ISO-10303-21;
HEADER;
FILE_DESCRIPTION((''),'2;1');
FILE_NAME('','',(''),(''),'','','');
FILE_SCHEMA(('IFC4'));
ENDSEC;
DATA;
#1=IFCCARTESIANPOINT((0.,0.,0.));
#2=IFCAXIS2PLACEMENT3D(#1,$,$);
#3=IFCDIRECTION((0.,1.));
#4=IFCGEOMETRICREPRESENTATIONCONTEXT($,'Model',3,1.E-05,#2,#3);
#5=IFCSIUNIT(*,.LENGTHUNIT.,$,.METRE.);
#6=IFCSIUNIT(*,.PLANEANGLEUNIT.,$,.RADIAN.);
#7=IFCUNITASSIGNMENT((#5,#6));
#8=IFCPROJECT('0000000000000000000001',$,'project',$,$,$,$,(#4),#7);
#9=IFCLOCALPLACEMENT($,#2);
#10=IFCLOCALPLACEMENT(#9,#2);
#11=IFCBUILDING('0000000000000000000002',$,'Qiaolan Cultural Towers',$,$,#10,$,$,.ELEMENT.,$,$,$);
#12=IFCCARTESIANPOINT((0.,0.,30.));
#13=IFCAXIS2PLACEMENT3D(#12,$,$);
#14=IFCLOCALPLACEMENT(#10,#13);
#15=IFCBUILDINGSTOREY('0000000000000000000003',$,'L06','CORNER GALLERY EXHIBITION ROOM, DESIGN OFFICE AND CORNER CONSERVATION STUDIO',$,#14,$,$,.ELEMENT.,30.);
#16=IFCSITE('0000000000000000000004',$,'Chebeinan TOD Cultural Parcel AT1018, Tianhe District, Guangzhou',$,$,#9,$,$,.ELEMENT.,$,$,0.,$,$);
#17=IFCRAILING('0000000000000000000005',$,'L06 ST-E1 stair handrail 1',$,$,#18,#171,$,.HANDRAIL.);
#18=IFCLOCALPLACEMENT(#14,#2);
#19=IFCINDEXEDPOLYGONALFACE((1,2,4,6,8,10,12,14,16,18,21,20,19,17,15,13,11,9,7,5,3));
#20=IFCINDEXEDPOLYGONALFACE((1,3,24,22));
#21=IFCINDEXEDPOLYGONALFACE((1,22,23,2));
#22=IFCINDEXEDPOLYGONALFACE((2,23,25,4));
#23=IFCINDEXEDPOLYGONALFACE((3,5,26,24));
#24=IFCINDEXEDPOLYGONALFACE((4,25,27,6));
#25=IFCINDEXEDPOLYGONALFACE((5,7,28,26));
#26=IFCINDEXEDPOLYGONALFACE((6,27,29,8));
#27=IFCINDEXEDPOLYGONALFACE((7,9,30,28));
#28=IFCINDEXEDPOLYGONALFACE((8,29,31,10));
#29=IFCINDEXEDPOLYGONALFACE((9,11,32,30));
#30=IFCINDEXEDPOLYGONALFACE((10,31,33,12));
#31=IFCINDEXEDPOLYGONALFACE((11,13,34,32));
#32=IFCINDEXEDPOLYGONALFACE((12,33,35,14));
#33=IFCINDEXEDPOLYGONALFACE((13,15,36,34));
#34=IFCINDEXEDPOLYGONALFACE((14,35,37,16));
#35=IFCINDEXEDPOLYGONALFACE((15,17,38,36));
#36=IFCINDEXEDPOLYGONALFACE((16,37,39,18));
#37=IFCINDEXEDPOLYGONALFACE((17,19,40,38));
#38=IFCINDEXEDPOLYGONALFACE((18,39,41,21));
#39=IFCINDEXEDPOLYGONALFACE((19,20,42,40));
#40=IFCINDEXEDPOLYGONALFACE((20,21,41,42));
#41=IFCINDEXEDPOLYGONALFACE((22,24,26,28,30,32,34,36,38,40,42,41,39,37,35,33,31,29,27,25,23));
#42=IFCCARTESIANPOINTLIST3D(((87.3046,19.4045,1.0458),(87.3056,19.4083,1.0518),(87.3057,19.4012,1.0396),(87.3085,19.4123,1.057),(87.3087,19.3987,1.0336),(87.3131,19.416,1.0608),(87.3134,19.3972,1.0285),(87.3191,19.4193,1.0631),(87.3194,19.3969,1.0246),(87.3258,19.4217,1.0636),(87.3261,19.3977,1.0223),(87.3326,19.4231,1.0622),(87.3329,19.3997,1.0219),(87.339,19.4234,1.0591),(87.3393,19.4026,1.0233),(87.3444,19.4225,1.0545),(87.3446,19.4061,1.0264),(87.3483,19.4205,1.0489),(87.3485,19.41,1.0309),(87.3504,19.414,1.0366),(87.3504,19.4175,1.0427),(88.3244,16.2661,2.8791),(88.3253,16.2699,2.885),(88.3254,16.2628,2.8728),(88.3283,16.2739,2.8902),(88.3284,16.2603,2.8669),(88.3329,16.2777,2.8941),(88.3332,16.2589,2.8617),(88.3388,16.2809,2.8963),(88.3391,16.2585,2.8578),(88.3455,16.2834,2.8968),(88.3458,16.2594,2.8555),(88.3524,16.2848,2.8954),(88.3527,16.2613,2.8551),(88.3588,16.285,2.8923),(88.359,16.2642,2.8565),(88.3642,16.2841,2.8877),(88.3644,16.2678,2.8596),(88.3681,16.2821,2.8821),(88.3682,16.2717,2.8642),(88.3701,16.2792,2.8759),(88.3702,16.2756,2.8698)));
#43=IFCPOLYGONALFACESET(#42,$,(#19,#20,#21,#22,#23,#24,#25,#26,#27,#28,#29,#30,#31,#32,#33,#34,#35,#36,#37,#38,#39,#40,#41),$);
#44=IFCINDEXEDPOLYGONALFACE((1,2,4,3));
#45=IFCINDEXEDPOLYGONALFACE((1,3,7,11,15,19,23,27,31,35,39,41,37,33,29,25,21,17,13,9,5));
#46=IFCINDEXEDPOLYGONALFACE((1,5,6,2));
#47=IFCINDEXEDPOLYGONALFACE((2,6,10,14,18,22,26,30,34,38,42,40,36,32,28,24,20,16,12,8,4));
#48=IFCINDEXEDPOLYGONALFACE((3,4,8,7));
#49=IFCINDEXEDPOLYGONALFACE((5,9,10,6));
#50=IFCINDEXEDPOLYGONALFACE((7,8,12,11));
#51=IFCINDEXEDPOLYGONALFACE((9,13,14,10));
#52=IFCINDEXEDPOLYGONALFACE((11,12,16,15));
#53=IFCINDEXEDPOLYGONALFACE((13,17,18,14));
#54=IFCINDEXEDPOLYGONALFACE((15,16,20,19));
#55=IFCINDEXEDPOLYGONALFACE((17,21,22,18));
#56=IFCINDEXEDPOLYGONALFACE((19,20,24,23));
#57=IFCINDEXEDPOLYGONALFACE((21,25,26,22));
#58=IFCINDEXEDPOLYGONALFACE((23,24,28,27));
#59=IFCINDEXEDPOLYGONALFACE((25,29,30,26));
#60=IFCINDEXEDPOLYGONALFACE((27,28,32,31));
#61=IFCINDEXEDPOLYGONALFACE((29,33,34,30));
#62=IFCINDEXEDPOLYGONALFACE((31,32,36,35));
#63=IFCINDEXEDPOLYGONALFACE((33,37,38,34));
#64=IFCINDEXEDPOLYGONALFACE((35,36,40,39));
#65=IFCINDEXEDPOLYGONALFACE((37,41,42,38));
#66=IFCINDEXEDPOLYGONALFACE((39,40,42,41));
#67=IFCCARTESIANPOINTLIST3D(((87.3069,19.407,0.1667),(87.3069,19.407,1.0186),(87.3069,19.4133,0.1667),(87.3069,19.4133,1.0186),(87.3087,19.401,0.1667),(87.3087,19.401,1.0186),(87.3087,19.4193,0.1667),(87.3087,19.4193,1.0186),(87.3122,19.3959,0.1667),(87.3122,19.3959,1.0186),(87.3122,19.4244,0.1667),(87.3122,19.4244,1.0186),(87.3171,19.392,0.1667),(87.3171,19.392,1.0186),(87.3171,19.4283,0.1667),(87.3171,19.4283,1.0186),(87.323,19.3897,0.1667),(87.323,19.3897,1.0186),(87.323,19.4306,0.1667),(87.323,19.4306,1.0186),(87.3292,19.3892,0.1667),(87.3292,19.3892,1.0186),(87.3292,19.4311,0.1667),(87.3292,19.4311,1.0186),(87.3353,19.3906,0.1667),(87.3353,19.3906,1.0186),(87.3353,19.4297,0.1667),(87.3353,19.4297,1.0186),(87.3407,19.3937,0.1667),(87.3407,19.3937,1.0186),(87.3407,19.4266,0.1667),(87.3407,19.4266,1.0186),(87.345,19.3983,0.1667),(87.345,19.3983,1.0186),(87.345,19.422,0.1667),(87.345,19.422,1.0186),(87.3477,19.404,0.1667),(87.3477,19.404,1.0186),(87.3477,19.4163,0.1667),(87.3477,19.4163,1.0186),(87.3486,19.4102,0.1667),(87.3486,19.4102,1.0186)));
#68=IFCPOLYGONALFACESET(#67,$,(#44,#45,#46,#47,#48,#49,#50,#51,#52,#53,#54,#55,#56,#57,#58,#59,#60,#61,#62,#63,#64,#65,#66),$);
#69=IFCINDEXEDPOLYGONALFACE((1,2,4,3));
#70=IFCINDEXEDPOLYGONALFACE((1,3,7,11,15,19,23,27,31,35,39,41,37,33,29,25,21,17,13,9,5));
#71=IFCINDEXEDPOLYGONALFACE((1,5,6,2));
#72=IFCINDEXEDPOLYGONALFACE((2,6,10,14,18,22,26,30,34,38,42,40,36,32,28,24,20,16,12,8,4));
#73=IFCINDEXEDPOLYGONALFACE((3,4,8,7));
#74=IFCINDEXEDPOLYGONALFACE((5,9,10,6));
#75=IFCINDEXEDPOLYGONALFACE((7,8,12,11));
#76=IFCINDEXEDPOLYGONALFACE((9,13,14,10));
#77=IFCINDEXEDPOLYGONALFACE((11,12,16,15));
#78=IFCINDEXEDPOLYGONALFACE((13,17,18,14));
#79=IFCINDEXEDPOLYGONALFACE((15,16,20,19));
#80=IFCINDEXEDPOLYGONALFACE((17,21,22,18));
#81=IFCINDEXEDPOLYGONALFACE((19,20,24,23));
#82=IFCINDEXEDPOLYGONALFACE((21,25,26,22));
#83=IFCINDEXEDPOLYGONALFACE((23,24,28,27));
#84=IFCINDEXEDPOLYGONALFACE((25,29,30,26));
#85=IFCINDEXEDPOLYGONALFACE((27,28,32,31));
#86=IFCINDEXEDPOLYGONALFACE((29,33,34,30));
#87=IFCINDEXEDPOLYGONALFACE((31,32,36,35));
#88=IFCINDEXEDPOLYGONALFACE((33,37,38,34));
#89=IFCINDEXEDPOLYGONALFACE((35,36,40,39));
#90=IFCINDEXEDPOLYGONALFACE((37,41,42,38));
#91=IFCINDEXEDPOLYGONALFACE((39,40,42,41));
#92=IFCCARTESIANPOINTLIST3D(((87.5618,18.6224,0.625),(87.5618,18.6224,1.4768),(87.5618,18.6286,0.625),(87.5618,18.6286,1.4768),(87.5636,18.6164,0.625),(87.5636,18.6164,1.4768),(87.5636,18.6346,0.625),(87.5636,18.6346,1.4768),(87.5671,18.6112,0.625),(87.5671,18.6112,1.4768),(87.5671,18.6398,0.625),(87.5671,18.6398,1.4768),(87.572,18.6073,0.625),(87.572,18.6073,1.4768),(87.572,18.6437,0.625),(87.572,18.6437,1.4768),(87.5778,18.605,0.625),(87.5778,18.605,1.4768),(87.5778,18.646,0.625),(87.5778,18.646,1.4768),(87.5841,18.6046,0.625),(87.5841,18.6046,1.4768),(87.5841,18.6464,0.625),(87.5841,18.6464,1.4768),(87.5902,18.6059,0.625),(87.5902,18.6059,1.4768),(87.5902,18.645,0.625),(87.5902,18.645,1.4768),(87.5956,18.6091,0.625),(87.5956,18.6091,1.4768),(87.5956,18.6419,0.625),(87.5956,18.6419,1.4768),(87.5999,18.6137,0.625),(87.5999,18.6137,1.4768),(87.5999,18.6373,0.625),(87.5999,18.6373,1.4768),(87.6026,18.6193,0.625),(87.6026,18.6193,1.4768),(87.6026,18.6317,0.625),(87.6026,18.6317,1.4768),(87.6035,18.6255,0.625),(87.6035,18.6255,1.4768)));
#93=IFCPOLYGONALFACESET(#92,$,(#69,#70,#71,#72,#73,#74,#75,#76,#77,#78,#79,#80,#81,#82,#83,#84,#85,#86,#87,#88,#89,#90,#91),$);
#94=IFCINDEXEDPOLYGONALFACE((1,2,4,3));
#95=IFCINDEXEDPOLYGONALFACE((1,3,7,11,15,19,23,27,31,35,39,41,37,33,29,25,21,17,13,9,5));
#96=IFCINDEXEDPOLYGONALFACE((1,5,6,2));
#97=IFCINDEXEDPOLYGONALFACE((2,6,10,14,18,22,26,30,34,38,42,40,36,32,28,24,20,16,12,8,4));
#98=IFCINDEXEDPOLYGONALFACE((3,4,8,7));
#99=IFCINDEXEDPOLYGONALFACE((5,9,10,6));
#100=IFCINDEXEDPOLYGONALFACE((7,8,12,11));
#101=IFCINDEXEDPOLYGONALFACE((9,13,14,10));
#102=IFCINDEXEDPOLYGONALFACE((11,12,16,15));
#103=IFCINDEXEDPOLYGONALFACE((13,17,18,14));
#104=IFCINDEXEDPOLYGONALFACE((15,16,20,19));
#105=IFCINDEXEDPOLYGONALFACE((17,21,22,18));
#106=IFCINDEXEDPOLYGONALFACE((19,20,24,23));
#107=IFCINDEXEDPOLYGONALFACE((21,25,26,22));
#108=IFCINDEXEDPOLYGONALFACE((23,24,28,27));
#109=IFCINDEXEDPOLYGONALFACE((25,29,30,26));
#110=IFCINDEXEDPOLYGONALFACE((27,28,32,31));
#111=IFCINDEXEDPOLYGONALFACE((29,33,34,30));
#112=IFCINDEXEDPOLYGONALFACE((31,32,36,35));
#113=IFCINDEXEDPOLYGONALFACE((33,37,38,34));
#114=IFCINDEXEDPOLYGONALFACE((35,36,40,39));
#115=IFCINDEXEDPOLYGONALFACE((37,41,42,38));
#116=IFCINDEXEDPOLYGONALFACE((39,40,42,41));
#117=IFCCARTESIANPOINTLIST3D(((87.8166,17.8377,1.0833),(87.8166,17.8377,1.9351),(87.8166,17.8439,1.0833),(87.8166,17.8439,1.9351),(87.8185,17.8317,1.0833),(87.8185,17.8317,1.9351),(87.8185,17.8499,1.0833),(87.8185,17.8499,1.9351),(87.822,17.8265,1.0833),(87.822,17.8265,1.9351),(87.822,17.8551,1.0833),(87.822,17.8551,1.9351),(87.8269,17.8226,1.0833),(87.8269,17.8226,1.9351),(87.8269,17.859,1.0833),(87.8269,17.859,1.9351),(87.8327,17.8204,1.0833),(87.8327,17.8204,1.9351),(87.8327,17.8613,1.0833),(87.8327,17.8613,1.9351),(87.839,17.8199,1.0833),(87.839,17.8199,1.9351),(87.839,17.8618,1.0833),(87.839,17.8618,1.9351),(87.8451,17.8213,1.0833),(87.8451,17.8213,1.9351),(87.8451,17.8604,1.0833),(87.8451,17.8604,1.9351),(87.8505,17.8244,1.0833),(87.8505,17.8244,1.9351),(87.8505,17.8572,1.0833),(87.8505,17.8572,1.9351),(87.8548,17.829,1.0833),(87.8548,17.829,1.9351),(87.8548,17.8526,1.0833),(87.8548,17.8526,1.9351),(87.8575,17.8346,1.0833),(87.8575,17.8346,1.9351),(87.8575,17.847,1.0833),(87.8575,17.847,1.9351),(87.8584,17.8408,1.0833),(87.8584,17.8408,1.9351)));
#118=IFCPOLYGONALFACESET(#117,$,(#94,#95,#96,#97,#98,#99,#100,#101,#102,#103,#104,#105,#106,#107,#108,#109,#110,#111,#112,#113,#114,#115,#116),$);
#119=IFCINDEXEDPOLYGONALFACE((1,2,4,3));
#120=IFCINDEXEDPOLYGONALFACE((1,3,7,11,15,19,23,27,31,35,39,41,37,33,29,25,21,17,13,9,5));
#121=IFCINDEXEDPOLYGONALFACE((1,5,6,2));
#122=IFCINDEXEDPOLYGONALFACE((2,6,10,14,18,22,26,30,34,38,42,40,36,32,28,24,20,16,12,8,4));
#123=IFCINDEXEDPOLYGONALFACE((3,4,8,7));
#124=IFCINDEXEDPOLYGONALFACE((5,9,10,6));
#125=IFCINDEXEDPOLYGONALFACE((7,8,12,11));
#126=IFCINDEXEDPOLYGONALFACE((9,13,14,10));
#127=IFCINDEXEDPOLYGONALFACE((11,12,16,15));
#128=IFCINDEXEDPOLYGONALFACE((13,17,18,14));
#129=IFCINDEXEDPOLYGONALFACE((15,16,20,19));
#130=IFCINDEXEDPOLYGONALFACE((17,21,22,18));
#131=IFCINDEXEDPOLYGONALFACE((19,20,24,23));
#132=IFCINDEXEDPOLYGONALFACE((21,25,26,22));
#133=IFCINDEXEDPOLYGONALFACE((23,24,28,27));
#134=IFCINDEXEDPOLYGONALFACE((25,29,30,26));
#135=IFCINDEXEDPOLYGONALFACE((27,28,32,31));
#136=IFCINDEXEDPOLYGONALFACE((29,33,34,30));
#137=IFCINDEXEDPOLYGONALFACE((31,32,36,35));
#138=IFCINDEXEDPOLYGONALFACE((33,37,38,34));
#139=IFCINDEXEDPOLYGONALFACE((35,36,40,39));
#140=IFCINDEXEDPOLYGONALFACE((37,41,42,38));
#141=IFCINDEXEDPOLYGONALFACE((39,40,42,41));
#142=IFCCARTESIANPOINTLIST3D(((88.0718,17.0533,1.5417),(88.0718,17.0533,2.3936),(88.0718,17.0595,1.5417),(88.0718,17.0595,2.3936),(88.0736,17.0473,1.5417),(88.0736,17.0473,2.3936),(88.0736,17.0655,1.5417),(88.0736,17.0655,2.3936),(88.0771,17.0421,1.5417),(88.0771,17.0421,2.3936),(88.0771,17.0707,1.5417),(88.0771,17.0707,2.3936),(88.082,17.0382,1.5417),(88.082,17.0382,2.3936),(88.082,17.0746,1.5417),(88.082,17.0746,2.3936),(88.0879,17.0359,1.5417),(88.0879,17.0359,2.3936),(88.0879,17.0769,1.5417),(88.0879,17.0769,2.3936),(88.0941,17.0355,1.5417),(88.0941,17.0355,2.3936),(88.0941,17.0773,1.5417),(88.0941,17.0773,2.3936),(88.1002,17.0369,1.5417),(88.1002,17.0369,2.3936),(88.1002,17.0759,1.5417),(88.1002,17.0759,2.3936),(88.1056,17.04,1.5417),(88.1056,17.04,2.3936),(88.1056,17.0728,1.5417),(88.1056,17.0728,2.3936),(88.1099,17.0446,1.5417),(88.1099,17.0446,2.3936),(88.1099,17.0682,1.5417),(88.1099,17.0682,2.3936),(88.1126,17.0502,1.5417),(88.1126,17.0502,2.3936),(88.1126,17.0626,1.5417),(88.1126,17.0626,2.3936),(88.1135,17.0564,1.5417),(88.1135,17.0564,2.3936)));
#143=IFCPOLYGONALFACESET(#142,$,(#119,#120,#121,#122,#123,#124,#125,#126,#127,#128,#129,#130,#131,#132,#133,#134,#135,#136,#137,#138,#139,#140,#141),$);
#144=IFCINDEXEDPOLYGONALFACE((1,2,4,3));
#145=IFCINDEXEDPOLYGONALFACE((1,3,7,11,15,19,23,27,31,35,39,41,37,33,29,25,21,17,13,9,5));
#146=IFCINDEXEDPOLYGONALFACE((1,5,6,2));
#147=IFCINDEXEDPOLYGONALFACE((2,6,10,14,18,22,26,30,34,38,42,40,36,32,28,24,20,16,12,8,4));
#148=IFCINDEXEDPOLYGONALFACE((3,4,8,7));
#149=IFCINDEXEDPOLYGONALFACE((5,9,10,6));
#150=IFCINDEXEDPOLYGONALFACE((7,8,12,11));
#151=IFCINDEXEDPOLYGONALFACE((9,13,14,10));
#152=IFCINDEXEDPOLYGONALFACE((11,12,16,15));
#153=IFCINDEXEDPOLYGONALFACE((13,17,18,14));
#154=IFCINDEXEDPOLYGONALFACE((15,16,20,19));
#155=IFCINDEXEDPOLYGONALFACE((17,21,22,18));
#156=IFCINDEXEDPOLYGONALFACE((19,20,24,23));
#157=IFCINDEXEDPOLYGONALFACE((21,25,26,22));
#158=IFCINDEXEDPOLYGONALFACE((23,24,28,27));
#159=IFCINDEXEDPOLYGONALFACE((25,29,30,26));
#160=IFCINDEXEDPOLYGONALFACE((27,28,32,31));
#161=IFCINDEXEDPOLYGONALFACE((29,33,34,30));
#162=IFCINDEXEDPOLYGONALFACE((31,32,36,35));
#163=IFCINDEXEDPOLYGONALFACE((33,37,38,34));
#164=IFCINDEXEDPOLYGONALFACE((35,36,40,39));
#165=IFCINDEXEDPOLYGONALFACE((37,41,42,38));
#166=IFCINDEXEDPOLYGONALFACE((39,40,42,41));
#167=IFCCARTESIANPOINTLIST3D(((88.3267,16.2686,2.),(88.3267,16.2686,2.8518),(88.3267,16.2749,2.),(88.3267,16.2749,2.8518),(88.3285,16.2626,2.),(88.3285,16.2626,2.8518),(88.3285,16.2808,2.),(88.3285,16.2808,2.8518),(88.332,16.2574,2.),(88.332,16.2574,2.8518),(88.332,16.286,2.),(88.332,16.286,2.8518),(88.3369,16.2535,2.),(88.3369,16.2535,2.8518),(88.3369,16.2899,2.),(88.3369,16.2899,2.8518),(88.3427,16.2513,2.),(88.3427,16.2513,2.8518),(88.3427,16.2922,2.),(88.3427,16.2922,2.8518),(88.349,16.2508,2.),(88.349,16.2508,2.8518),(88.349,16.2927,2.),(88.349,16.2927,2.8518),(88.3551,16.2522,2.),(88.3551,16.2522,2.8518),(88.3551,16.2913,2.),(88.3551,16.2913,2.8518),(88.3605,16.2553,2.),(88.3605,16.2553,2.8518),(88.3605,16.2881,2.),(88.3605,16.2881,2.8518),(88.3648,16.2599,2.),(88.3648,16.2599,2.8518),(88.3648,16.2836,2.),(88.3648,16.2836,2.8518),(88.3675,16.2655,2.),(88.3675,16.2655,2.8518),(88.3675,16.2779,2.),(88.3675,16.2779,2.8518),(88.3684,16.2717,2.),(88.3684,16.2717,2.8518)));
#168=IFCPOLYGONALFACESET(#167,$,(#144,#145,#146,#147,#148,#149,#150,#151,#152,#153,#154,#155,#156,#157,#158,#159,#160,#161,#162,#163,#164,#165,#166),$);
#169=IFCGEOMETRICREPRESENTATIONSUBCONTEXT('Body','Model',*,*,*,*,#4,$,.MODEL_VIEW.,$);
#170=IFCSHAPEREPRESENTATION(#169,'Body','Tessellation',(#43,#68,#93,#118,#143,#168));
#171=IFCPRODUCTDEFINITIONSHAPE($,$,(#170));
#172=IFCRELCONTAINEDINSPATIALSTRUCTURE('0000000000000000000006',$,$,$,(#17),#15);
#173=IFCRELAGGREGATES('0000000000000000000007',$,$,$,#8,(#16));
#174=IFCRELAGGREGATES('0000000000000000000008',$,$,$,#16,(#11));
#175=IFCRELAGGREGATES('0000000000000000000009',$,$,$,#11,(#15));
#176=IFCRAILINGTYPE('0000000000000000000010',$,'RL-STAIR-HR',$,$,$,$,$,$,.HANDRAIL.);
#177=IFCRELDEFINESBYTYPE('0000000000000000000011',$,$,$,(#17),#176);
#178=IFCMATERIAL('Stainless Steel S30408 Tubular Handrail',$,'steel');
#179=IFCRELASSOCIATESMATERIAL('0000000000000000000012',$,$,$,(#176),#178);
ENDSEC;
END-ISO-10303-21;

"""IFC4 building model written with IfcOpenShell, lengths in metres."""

from ifc_helpers import new_model, si_unit, direction, frame, origin, origin_2d, place, context, subcontext, project, spatial, circle, extrude, material, type_object, element, save


model = new_model("IFC4")

# Units and contexts
model_context = context("Model", 3, precision=1e-05, world=origin(), true_north=direction((0.0, 1.0)))
body_context = subcontext(model_context, "Body", "Model", "MODEL_VIEW")
ifc_project = project(units=[si_unit("LENGTHUNIT", "METRE"), si_unit("PLANEANGLEUNIT", "RADIAN")], contexts=[model_context])

# Site, building, storey
site_placement = place(None, origin())
site = spatial("IfcSite", under=ifc_project, at=site_placement, Name="Chebeinan TOD Cultural Parcel AT1018, Tianhe District, Guangzhou", CompositionType="ELEMENT", RefElevation=0.0)
building_placement = place(site_placement, origin())
building = spatial("IfcBuilding", under=site, at=building_placement, Name="Qiaolan Cultural Towers", CompositionType="ELEMENT")
storey_placement = place(building_placement, frame((0.0, 0.0, 30.0)))
storey = spatial("IfcBuildingStorey", under=building, at=storey_placement, Name="L06", Description="CORNER GALLERY EXHIBITION ROOM, DESIGN OFFICE AND CORNER CONSERVATION STUDIO", CompositionType="ELEMENT", Elevation=30.0)

# Railing
ifc_material_1 = material(Name="Stainless Steel S30408 Tubular Handrail", Category="steel")
railing_type_1 = type_object("IfcRailingType", Name="RL-STAIR-HR", PredefinedType="HANDRAIL", material=ifc_material_1)
railing_1_placement = place(storey_placement, frame((87.3276, 19.4102, 0.1667)))
element("IfcRailing", 1, at=railing_1_placement, inside=storey, type_object=railing_type_1, Name="L06 ST-E1 stair handrail 1", PredefinedType="HANDRAIL", context=body_context, shape_type="SweptSolid", body=[
    extrude(circle(Radius=0.0239, at=origin_2d()), frame((0.0, 0.0, 0.876), z_axis=(0.270141, -0.831376, 0.485632), x_axis=(0.951053, 0.309028, 0.0)), (0.0, 0.0, 1.0), 3.7749),
    extrude(circle(Radius=0.021, at=origin_2d()), origin(), (0.0, 0.0, 1.0), 0.8518),
    extrude(circle(Radius=0.021, at=origin_2d()), frame((0.2549, -0.7847, 0.4583)), (0.0, 0.0, 1.0), 0.8518),
    extrude(circle(Radius=0.021, at=origin_2d()), frame((0.5098, -1.5693, 0.9165)), (0.0, 0.0, 1.0), 0.8518),
    extrude(circle(Radius=0.021, at=origin_2d()), frame((0.7649, -2.3538, 1.375)), (0.0, 0.0, 1.0), 0.8518),
    extrude(circle(Radius=0.021, at=origin_2d()), frame((1.0198, -3.1384, 1.8333)), (0.0, 0.0, 1.0), 0.8518),
])

save(model, "model.ifc")
